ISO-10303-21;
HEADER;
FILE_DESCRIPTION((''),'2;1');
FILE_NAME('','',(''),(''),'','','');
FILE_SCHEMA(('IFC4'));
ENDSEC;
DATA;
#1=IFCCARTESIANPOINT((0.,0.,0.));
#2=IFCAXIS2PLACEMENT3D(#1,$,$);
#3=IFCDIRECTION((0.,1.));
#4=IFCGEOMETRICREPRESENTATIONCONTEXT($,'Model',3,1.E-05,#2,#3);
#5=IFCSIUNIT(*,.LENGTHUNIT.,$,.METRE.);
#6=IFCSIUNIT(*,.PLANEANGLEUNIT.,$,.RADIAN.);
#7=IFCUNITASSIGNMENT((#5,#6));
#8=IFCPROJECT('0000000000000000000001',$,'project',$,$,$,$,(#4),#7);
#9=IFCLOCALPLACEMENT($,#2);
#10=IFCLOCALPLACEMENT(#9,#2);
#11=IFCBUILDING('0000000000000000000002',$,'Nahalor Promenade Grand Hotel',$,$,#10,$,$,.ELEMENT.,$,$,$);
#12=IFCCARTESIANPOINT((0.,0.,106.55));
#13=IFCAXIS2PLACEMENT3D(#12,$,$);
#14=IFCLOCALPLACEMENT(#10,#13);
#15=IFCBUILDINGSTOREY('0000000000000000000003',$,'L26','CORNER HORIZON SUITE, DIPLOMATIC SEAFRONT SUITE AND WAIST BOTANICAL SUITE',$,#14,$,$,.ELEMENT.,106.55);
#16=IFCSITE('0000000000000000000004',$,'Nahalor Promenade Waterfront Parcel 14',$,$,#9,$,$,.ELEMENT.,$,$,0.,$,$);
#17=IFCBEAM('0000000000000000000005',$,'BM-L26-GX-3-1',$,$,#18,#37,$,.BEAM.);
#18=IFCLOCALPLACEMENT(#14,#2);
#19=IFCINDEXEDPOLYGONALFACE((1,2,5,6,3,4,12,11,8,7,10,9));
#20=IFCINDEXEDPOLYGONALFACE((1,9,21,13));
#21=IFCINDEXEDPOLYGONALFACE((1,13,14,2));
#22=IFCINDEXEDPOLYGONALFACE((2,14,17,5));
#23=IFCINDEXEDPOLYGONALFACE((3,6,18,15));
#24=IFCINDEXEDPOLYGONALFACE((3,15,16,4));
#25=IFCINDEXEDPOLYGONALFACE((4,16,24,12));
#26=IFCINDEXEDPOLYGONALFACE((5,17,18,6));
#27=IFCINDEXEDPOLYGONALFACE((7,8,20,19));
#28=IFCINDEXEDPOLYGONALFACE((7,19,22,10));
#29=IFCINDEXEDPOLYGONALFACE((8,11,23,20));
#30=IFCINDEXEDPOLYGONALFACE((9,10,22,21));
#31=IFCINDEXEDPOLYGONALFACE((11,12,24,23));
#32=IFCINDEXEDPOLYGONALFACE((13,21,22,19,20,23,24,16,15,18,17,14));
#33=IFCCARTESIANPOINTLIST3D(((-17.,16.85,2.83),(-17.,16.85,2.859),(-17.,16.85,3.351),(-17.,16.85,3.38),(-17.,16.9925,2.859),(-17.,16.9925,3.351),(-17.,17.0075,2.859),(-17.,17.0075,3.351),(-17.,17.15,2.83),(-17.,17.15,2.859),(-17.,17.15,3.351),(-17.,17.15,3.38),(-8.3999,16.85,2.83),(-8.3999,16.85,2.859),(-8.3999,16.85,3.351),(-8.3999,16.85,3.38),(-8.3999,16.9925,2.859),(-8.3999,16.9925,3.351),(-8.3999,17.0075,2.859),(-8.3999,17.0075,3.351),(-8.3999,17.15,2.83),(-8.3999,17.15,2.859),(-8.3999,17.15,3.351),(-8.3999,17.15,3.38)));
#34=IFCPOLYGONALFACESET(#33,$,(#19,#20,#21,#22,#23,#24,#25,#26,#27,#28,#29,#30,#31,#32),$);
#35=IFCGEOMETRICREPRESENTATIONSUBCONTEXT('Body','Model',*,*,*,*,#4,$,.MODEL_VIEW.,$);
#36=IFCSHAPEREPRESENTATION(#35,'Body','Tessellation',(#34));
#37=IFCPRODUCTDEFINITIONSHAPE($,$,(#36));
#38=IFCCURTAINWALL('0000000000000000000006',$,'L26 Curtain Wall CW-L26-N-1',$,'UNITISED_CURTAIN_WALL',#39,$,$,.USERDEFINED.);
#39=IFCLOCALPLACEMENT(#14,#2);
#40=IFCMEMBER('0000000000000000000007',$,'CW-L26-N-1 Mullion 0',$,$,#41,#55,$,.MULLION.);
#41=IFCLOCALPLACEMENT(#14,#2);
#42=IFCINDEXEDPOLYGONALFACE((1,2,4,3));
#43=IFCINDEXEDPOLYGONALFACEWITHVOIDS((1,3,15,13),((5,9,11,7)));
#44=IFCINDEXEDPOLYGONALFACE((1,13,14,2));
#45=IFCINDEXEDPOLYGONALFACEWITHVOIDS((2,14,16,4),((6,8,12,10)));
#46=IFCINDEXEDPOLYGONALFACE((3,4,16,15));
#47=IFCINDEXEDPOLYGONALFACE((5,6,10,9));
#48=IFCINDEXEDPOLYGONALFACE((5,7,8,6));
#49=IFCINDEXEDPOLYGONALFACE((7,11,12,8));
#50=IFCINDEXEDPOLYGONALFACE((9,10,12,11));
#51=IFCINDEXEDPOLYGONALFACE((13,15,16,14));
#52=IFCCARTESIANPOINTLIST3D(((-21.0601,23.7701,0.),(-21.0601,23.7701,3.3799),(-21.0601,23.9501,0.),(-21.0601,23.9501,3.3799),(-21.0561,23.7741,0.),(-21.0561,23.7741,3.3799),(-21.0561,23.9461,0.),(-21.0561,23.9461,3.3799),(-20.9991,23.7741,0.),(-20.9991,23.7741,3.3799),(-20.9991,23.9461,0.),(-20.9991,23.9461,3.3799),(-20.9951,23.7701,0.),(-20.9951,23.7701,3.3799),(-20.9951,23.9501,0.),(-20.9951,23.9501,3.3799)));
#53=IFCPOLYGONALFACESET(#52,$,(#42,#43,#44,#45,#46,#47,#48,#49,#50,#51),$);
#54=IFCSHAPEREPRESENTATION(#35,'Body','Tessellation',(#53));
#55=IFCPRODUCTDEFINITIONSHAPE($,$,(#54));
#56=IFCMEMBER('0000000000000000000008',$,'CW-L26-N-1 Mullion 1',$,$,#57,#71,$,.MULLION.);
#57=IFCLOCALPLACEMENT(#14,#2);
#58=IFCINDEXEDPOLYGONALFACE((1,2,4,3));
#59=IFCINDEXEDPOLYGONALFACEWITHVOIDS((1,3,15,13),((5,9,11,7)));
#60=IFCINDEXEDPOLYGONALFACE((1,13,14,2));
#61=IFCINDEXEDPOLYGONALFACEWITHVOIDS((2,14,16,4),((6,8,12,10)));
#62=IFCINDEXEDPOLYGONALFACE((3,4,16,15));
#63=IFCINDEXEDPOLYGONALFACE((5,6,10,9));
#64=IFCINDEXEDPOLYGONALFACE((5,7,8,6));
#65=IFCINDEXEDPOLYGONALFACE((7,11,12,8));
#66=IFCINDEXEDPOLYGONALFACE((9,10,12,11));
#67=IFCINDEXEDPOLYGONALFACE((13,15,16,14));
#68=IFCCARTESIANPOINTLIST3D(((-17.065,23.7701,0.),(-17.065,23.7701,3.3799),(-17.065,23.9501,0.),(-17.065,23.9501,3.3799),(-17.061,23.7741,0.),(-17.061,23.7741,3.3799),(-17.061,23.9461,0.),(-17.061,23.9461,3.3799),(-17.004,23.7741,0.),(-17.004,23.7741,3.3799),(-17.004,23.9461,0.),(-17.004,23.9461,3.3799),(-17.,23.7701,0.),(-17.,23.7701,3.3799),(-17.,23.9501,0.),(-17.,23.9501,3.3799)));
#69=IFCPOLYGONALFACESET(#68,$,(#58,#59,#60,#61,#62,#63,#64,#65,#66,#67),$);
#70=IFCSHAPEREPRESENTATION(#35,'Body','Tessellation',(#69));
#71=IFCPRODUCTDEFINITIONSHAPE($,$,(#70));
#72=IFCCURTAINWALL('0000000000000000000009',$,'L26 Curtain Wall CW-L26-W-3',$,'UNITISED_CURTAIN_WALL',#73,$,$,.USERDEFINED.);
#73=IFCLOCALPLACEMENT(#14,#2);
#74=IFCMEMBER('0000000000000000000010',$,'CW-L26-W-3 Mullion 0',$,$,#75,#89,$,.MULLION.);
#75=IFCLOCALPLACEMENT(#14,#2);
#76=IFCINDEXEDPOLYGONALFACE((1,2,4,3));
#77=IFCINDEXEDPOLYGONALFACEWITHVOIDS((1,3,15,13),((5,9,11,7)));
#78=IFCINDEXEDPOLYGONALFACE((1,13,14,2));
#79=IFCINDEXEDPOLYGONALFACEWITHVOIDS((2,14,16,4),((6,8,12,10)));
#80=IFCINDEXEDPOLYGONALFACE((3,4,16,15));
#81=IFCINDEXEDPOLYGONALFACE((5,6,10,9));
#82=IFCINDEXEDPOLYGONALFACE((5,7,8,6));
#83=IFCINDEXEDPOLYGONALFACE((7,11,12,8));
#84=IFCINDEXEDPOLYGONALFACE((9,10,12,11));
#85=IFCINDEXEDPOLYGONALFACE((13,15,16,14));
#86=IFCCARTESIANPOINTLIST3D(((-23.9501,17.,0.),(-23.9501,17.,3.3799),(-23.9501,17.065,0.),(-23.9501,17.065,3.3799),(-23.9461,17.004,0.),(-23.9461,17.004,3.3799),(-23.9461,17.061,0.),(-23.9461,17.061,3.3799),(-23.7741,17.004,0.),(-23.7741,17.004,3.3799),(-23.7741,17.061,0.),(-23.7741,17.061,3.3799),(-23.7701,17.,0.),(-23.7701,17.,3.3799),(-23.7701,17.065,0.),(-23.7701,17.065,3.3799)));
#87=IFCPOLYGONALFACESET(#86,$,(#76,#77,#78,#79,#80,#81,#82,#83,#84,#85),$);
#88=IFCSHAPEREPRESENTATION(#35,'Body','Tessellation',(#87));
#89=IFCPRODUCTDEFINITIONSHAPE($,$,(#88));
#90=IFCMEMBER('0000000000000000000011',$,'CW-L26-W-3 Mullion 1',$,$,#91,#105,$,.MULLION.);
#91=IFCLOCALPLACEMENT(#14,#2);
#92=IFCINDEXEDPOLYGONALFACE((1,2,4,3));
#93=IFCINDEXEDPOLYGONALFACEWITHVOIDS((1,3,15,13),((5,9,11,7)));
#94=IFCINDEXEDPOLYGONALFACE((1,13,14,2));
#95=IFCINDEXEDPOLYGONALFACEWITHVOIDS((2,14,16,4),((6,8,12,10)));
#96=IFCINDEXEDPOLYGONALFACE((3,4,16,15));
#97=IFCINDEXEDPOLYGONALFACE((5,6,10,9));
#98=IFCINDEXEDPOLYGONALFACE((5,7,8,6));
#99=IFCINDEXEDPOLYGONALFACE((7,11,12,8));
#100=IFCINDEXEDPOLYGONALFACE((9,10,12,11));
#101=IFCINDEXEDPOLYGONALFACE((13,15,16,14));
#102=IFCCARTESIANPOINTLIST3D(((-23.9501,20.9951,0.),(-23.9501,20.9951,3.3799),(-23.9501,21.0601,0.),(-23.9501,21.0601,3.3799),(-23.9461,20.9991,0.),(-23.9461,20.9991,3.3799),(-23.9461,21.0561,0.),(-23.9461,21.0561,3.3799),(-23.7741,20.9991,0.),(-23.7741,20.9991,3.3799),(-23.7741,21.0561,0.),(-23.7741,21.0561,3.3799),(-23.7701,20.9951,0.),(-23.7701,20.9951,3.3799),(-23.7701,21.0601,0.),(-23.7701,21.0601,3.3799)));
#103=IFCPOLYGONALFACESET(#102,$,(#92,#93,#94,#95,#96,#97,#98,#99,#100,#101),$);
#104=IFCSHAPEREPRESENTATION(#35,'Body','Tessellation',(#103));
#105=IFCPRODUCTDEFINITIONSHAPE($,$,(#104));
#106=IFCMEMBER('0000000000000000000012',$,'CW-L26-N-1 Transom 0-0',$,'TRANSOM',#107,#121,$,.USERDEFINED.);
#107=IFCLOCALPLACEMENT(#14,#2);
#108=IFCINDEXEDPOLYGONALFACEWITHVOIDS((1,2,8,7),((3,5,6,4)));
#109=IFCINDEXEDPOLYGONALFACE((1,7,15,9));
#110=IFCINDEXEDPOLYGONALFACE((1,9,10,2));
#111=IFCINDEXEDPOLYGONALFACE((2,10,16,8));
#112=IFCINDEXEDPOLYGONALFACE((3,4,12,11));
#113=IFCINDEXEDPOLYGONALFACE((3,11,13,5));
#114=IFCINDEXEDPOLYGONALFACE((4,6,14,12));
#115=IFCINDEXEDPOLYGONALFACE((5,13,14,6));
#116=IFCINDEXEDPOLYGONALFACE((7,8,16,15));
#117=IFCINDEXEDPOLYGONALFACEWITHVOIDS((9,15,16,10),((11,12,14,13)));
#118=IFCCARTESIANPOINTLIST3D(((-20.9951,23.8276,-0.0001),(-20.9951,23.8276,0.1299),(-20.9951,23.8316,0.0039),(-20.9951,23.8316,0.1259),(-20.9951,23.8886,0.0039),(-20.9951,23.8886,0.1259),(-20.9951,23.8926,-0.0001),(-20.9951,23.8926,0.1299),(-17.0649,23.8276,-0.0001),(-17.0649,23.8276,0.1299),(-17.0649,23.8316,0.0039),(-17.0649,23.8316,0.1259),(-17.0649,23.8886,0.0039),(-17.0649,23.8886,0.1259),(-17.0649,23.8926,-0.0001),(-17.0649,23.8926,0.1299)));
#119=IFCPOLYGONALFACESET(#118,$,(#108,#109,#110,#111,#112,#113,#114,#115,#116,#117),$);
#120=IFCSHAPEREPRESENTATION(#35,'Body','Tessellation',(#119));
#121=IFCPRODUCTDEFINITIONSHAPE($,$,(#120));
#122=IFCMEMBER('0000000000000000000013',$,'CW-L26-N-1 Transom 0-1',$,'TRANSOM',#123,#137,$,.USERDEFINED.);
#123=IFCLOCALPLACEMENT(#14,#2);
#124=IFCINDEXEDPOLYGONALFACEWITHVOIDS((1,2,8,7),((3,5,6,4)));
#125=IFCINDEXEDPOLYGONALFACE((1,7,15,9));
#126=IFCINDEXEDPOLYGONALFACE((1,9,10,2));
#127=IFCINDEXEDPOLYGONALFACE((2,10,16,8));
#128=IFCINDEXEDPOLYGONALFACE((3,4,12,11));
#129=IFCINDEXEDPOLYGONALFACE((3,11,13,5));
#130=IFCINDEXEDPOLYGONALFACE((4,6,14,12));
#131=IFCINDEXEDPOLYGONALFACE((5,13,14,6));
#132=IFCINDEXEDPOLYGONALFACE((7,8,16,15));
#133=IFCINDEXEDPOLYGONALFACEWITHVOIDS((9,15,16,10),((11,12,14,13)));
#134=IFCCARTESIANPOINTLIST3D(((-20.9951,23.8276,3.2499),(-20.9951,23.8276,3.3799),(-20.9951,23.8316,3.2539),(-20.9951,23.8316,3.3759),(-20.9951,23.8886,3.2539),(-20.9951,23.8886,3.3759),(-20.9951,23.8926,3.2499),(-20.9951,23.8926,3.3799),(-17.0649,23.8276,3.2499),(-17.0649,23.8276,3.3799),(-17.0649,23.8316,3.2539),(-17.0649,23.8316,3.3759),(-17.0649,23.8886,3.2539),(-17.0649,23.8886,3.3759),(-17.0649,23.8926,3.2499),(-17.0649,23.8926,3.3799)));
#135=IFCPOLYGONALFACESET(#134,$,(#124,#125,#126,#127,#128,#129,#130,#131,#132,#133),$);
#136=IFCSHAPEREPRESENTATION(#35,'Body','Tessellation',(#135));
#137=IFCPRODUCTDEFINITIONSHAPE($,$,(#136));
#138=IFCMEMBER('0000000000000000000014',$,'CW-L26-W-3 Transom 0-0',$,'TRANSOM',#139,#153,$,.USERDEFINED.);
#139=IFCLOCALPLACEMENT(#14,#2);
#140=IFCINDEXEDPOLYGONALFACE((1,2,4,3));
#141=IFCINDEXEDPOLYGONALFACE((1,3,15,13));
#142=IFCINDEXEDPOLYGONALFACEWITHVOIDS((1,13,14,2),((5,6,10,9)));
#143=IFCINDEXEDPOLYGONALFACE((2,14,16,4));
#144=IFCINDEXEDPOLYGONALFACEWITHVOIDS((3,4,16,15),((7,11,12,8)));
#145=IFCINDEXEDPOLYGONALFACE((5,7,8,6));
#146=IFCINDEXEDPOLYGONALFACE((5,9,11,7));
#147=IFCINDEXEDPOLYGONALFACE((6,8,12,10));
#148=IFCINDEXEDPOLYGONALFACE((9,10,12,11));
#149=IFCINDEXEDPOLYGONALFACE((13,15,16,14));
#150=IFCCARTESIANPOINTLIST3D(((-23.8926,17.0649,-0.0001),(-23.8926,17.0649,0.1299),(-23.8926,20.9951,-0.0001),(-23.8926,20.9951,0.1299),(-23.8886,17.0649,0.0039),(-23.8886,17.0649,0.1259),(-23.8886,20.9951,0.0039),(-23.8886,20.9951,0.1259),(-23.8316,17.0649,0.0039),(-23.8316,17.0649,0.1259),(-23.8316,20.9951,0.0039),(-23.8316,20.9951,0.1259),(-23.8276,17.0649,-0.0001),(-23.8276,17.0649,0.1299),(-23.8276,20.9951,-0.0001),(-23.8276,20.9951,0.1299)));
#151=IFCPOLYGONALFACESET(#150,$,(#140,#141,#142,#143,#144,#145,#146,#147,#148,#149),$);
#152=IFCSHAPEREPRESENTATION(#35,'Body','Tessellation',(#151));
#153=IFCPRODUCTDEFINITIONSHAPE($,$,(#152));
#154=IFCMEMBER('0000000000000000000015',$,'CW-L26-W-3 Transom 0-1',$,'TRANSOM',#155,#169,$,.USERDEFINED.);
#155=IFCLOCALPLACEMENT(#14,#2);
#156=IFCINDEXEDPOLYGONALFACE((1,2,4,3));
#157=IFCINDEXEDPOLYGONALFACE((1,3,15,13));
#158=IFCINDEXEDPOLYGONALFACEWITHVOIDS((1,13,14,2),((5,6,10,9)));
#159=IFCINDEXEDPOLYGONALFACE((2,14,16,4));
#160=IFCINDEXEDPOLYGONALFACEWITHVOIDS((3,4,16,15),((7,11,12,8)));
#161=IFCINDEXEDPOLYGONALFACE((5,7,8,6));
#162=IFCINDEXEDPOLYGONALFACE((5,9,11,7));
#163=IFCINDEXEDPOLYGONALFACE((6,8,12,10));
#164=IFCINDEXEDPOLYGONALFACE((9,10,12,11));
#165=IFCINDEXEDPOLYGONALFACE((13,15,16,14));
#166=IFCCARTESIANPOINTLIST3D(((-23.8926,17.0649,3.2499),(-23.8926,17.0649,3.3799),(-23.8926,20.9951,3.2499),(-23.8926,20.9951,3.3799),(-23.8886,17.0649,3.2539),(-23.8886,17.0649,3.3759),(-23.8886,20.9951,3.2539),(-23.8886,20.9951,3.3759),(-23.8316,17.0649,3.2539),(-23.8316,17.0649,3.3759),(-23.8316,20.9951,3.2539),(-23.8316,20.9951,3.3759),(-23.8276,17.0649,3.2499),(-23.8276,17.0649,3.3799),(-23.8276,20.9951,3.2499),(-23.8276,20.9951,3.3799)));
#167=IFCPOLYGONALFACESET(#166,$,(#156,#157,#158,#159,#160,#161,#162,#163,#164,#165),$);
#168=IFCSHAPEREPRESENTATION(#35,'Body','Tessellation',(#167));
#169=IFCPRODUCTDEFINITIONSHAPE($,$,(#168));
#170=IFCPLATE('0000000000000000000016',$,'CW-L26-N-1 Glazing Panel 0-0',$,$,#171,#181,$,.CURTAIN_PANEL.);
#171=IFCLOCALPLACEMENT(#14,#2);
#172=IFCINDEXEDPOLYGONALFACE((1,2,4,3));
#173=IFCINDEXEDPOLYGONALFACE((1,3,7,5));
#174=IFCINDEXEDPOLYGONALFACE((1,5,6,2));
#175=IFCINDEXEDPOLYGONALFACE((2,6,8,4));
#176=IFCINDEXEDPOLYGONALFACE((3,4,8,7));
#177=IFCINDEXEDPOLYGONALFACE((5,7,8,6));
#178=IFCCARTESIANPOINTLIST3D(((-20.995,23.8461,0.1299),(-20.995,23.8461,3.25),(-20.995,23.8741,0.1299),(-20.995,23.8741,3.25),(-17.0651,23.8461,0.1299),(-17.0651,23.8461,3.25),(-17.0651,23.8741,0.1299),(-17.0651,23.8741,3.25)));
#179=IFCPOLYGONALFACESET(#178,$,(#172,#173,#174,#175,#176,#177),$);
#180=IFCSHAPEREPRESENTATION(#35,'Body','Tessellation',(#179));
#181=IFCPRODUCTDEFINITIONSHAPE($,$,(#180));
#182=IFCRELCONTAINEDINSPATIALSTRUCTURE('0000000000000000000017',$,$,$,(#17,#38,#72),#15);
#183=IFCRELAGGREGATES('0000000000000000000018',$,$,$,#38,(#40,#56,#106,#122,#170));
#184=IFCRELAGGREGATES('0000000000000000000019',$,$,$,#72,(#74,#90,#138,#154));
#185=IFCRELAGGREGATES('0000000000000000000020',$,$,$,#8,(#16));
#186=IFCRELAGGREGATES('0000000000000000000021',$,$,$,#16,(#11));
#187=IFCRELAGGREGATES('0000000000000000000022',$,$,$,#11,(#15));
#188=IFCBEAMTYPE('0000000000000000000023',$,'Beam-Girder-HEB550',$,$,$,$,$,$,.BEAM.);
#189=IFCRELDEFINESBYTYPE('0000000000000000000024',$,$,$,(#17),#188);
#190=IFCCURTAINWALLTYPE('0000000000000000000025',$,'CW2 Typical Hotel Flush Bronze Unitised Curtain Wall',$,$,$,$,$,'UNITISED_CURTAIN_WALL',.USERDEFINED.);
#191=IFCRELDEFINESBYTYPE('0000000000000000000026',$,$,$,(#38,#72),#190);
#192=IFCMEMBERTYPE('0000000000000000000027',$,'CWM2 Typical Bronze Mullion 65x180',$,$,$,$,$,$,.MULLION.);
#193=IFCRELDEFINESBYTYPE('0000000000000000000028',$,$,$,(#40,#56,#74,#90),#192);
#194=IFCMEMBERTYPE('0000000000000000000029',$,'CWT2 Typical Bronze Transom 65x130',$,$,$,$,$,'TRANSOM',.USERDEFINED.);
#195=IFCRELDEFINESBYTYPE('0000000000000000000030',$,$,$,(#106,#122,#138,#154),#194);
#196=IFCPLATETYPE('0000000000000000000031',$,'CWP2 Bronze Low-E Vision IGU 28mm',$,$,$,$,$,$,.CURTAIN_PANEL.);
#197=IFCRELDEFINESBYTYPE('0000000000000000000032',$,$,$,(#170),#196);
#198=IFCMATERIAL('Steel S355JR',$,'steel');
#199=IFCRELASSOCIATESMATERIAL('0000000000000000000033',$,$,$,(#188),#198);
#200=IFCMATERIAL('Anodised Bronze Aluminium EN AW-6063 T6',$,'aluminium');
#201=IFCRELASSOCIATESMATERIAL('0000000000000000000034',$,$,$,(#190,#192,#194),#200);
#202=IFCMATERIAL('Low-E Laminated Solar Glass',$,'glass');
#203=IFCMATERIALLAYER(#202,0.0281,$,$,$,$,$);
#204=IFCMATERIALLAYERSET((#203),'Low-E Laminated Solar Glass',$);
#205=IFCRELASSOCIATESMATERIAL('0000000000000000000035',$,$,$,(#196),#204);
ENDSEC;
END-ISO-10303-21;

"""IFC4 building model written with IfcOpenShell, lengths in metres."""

from ifc_helpers import new_model, si_unit, direction, frame, origin, origin_2d, place, context, subcontext, project, spatial, rectangle, hollow_rectangle, i_section, extrude, source, transform, mapped, material, layer, layer_set, material_profile, profile_set, type_object, element, aggregate, save


model = new_model("IFC4")

# Units and contexts
model_context = context("Model", 3, precision=1e-05, world=origin(), true_north=direction((0.0, 1.0)))
body_context = subcontext(model_context, "Body", "Model", "MODEL_VIEW")
ifc_project = project(units=[si_unit("LENGTHUNIT", "METRE"), si_unit("PLANEANGLEUNIT", "RADIAN")], contexts=[model_context])

# Site, building, storey
site_placement = place(None, origin())
site = spatial("IfcSite", under=ifc_project, at=site_placement, Name="Nahalor Promenade Waterfront Parcel 14", CompositionType="ELEMENT", RefElevation=0.0)
building_placement = place(site_placement, origin())
building = spatial("IfcBuilding", under=site, at=building_placement, Name="Nahalor Promenade Grand Hotel", CompositionType="ELEMENT")
storey_placement = place(building_placement, frame((0.0, 0.0, 106.55)))
storey = spatial("IfcBuildingStorey", under=building, at=storey_placement, Name="L26", Description="CORNER HORIZON SUITE, DIPLOMATIC SEAFRONT SUITE AND WAIST BOTANICAL SUITE", CompositionType="ELEMENT", Elevation=106.55)

# Beam
ifc_material_1 = material(Name="Steel S355JR", Category="steel")
ifc_material_profile_1 = material_profile(ifc_material_1, i_section(OverallWidth=0.3, OverallDepth=0.55, WebThickness=0.015, FlangeThickness=0.029, at=origin_2d()), Name="HEB 550")
ifc_profile_set_1 = profile_set([ifc_material_profile_1], Name="Steel S355JR")
beam_type_1 = type_object("IfcBeamType", Name="Beam-Girder-HEB550", PredefinedType="BEAM", material=ifc_profile_set_1)
shared_shape_1 = source(origin(), body_context, "Body", "SweptSolid", [
    extrude(i_section(OverallWidth=0.3, OverallDepth=0.55, WebThickness=0.015, FlangeThickness=0.029, at=origin_2d()), origin(), (0.0, 0.0, 1.0), 8.6001),
])
beam_1_placement = place(storey_placement, frame((-17.0, 17.0, 3.105), z_axis=(1.0, 0.0, 0.0), x_axis=(0.0, 1.0, 0.0)))
element("IfcBeam", 1, at=beam_1_placement, inside=storey, type_object=beam_type_1, Name="BM-L26-GX-3-1", PredefinedType="BEAM", context=body_context, shape_type="MappedRepresentation", body=[
    mapped(shared_shape_1, transform((0.0, 0.0, 0.0), scale=1.0)),
])

# Curtain walls, members
ifc_material_2 = material(Name="Anodised Bronze Aluminium EN AW-6063 T6", Category="aluminium")
curtain_wall_type = type_object("IfcCurtainWallType", Name="CW2 Typical Hotel Flush Bronze Unitised Curtain Wall", ElementType="UNITISED_CURTAIN_WALL", PredefinedType="USERDEFINED", material=ifc_material_2)
curtain_wall_1_placement = place(storey_placement, origin())
curtain_wall_1 = element("IfcCurtainWall", 2, at=curtain_wall_1_placement, inside=storey, type_object=curtain_wall_type, Name="L26 Curtain Wall CW-L26-N-1", ObjectType="UNITISED_CURTAIN_WALL", PredefinedType="USERDEFINED")
ifc_material_profile_2 = material_profile(ifc_material_2, hollow_rectangle(XDim=0.065, YDim=0.18, WallThickness=0.004, at=origin_2d()), Name="CWM 65x180x4")
ifc_profile_set_2 = profile_set([ifc_material_profile_2], Name="Anodised Bronze Aluminium EN AW-6063 T6")
member_type_1 = type_object("IfcMemberType", Name="CWM2 Typical Bronze Mullion 65x180", PredefinedType="MULLION", material=ifc_profile_set_2)
shared_shape_2 = source(origin(), body_context, "Body", "SweptSolid", [
    extrude(hollow_rectangle(XDim=0.065, YDim=0.18, WallThickness=0.004, at=origin_2d()), origin(), (0.0, 0.0, 1.0), 3.3799),
])
member_1_placement = place(storey_placement, frame((-21.0276, 23.8601, 0.0), z_axis=(0.0, 0.0, 1.0), x_axis=(1.0, 0.0, 0.0)))
member_1 = element("IfcMember", 3, at=member_1_placement, type_object=member_type_1, Name="CW-L26-N-1 Mullion 0", PredefinedType="MULLION", context=body_context, shape_type="MappedRepresentation", body=[
    mapped(shared_shape_2, transform((0.0, 0.0, 0.0), scale=1.0)),
])
member_2_placement = place(storey_placement, frame((-17.0325, 23.8601, 0.0), z_axis=(0.0, 0.0, 1.0), x_axis=(1.0, 0.0, 0.0)))
member_2 = element("IfcMember", 4, at=member_2_placement, type_object=member_type_1, Name="CW-L26-N-1 Mullion 1", PredefinedType="MULLION", context=body_context, shape_type="MappedRepresentation", body=[
    mapped(shared_shape_2, transform((0.0, 0.0, 0.0), scale=1.0)),
])
curtain_wall_2_placement = place(storey_placement, origin())
curtain_wall_2 = element("IfcCurtainWall", 5, at=curtain_wall_2_placement, inside=storey, type_object=curtain_wall_type, Name="L26 Curtain Wall CW-L26-W-3", ObjectType="UNITISED_CURTAIN_WALL", PredefinedType="USERDEFINED")
member_3_placement = place(storey_placement, frame((-23.8601, 17.0325, 0.0), z_axis=(0.0, 0.0, 1.0), x_axis=(0.0, 1.0, 0.0)))
member_3 = element("IfcMember", 6, at=member_3_placement, type_object=member_type_1, Name="CW-L26-W-3 Mullion 0", PredefinedType="MULLION", context=body_context, shape_type="MappedRepresentation", body=[
    mapped(shared_shape_2, transform((0.0, 0.0, 0.0), scale=1.0)),
])
member_4_placement = place(storey_placement, frame((-23.8601, 21.0276, 0.0), z_axis=(0.0, 0.0, 1.0), x_axis=(0.0, 1.0, 0.0)))
member_4 = element("IfcMember", 7, at=member_4_placement, type_object=member_type_1, Name="CW-L26-W-3 Mullion 1", PredefinedType="MULLION", context=body_context, shape_type="MappedRepresentation", body=[
    mapped(shared_shape_2, transform((0.0, 0.0, 0.0), scale=1.0)),
])

# Members
ifc_material_profile_3 = material_profile(ifc_material_2, hollow_rectangle(XDim=0.065, YDim=0.13, WallThickness=0.004, at=origin_2d()), Name="CWT 65x130x4")
ifc_profile_set_3 = profile_set([ifc_material_profile_3], Name="Anodised Bronze Aluminium EN AW-6063 T6")
member_type_2 = type_object("IfcMemberType", Name="CWT2 Typical Bronze Transom 65x130", ElementType="TRANSOM", PredefinedType="USERDEFINED", material=ifc_profile_set_3)
shared_shape_3 = source(origin(), body_context, "Body", "SweptSolid", [
    extrude(hollow_rectangle(XDim=0.065, YDim=0.13, WallThickness=0.004, at=origin_2d()), origin(), (0.0, 0.0, 1.0), 3.9302),
])
member_5_placement = place(storey_placement, frame((-20.9951, 23.8601, 0.0649), z_axis=(1.0, 0.0, 0.0), x_axis=(0.0, 1.0, 0.0)))
member_5 = element("IfcMember", 8, at=member_5_placement, type_object=member_type_2, Name="CW-L26-N-1 Transom 0-0", ObjectType="TRANSOM", PredefinedType="USERDEFINED", context=body_context, shape_type="MappedRepresentation", body=[
    mapped(shared_shape_3, transform((0.0, 0.0, 0.0), scale=1.0)),
])
member_6_placement = place(storey_placement, frame((-20.9951, 23.8601, 3.3149), z_axis=(1.0, 0.0, 0.0), x_axis=(0.0, 1.0, 0.0)))
member_6 = element("IfcMember", 9, at=member_6_placement, type_object=member_type_2, Name="CW-L26-N-1 Transom 0-1", ObjectType="TRANSOM", PredefinedType="USERDEFINED", context=body_context, shape_type="MappedRepresentation", body=[
    mapped(shared_shape_3, transform((0.0, 0.0, 0.0), scale=1.0)),
])
member_7_placement = place(storey_placement, frame((-23.8601, 17.0649, 0.0649), z_axis=(0.0, 1.0, 0.0), x_axis=(-1.0, 0.0, 0.0)))
member_7 = element("IfcMember", 10, at=member_7_placement, type_object=member_type_2, Name="CW-L26-W-3 Transom 0-0", ObjectType="TRANSOM", PredefinedType="USERDEFINED", context=body_context, shape_type="MappedRepresentation", body=[
    mapped(shared_shape_3, transform((0.0, 0.0, 0.0), scale=1.0)),
])
member_8_placement = place(storey_placement, frame((-23.8601, 17.0649, 3.3149), z_axis=(0.0, 1.0, 0.0), x_axis=(-1.0, 0.0, 0.0)))
member_8 = element("IfcMember", 11, at=member_8_placement, type_object=member_type_2, Name="CW-L26-W-3 Transom 0-1", ObjectType="TRANSOM", PredefinedType="USERDEFINED", context=body_context, shape_type="MappedRepresentation", body=[
    mapped(shared_shape_3, transform((0.0, 0.0, 0.0), scale=1.0)),
])

# Plate
ifc_material_3 = material(Name="Low-E Laminated Solar Glass", Category="glass")
ifc_layer_1 = layer(ifc_material_3, 0.0281)
ifc_layer_set_1 = layer_set([ifc_layer_1], Name="Low-E Laminated Solar Glass")
plate_type = type_object("IfcPlateType", Name="CWP2 Bronze Low-E Vision IGU 28mm", PredefinedType="CURTAIN_PANEL", material=ifc_layer_set_1)
shared_shape_4 = source(origin(), body_context, "Body", "SweptSolid", [
    extrude(rectangle(XDim=3.9299, YDim=0.0281, at=origin_2d()), origin(), (0.0, 0.0, 1.0), 3.1201),
])
plate_1_placement = place(storey_placement, frame((-19.03, 23.8601, 0.1299), z_axis=(0.0, 0.0, 1.0), x_axis=(1.0, 0.0, 0.0)))
plate_1 = element("IfcPlate", 12, at=plate_1_placement, type_object=plate_type, Name="CW-L26-N-1 Glazing Panel 0-0", PredefinedType="CURTAIN_PANEL", context=body_context, shape_type="MappedRepresentation", body=[
    mapped(shared_shape_4, transform((0.0, 0.0, 0.0), scale=1.0)),
])
aggregate(curtain_wall_1, [member_1, member_2, member_5, member_6, plate_1])
aggregate(curtain_wall_2, [member_3, member_4, member_7, member_8])

save(model, "model.ifc")
